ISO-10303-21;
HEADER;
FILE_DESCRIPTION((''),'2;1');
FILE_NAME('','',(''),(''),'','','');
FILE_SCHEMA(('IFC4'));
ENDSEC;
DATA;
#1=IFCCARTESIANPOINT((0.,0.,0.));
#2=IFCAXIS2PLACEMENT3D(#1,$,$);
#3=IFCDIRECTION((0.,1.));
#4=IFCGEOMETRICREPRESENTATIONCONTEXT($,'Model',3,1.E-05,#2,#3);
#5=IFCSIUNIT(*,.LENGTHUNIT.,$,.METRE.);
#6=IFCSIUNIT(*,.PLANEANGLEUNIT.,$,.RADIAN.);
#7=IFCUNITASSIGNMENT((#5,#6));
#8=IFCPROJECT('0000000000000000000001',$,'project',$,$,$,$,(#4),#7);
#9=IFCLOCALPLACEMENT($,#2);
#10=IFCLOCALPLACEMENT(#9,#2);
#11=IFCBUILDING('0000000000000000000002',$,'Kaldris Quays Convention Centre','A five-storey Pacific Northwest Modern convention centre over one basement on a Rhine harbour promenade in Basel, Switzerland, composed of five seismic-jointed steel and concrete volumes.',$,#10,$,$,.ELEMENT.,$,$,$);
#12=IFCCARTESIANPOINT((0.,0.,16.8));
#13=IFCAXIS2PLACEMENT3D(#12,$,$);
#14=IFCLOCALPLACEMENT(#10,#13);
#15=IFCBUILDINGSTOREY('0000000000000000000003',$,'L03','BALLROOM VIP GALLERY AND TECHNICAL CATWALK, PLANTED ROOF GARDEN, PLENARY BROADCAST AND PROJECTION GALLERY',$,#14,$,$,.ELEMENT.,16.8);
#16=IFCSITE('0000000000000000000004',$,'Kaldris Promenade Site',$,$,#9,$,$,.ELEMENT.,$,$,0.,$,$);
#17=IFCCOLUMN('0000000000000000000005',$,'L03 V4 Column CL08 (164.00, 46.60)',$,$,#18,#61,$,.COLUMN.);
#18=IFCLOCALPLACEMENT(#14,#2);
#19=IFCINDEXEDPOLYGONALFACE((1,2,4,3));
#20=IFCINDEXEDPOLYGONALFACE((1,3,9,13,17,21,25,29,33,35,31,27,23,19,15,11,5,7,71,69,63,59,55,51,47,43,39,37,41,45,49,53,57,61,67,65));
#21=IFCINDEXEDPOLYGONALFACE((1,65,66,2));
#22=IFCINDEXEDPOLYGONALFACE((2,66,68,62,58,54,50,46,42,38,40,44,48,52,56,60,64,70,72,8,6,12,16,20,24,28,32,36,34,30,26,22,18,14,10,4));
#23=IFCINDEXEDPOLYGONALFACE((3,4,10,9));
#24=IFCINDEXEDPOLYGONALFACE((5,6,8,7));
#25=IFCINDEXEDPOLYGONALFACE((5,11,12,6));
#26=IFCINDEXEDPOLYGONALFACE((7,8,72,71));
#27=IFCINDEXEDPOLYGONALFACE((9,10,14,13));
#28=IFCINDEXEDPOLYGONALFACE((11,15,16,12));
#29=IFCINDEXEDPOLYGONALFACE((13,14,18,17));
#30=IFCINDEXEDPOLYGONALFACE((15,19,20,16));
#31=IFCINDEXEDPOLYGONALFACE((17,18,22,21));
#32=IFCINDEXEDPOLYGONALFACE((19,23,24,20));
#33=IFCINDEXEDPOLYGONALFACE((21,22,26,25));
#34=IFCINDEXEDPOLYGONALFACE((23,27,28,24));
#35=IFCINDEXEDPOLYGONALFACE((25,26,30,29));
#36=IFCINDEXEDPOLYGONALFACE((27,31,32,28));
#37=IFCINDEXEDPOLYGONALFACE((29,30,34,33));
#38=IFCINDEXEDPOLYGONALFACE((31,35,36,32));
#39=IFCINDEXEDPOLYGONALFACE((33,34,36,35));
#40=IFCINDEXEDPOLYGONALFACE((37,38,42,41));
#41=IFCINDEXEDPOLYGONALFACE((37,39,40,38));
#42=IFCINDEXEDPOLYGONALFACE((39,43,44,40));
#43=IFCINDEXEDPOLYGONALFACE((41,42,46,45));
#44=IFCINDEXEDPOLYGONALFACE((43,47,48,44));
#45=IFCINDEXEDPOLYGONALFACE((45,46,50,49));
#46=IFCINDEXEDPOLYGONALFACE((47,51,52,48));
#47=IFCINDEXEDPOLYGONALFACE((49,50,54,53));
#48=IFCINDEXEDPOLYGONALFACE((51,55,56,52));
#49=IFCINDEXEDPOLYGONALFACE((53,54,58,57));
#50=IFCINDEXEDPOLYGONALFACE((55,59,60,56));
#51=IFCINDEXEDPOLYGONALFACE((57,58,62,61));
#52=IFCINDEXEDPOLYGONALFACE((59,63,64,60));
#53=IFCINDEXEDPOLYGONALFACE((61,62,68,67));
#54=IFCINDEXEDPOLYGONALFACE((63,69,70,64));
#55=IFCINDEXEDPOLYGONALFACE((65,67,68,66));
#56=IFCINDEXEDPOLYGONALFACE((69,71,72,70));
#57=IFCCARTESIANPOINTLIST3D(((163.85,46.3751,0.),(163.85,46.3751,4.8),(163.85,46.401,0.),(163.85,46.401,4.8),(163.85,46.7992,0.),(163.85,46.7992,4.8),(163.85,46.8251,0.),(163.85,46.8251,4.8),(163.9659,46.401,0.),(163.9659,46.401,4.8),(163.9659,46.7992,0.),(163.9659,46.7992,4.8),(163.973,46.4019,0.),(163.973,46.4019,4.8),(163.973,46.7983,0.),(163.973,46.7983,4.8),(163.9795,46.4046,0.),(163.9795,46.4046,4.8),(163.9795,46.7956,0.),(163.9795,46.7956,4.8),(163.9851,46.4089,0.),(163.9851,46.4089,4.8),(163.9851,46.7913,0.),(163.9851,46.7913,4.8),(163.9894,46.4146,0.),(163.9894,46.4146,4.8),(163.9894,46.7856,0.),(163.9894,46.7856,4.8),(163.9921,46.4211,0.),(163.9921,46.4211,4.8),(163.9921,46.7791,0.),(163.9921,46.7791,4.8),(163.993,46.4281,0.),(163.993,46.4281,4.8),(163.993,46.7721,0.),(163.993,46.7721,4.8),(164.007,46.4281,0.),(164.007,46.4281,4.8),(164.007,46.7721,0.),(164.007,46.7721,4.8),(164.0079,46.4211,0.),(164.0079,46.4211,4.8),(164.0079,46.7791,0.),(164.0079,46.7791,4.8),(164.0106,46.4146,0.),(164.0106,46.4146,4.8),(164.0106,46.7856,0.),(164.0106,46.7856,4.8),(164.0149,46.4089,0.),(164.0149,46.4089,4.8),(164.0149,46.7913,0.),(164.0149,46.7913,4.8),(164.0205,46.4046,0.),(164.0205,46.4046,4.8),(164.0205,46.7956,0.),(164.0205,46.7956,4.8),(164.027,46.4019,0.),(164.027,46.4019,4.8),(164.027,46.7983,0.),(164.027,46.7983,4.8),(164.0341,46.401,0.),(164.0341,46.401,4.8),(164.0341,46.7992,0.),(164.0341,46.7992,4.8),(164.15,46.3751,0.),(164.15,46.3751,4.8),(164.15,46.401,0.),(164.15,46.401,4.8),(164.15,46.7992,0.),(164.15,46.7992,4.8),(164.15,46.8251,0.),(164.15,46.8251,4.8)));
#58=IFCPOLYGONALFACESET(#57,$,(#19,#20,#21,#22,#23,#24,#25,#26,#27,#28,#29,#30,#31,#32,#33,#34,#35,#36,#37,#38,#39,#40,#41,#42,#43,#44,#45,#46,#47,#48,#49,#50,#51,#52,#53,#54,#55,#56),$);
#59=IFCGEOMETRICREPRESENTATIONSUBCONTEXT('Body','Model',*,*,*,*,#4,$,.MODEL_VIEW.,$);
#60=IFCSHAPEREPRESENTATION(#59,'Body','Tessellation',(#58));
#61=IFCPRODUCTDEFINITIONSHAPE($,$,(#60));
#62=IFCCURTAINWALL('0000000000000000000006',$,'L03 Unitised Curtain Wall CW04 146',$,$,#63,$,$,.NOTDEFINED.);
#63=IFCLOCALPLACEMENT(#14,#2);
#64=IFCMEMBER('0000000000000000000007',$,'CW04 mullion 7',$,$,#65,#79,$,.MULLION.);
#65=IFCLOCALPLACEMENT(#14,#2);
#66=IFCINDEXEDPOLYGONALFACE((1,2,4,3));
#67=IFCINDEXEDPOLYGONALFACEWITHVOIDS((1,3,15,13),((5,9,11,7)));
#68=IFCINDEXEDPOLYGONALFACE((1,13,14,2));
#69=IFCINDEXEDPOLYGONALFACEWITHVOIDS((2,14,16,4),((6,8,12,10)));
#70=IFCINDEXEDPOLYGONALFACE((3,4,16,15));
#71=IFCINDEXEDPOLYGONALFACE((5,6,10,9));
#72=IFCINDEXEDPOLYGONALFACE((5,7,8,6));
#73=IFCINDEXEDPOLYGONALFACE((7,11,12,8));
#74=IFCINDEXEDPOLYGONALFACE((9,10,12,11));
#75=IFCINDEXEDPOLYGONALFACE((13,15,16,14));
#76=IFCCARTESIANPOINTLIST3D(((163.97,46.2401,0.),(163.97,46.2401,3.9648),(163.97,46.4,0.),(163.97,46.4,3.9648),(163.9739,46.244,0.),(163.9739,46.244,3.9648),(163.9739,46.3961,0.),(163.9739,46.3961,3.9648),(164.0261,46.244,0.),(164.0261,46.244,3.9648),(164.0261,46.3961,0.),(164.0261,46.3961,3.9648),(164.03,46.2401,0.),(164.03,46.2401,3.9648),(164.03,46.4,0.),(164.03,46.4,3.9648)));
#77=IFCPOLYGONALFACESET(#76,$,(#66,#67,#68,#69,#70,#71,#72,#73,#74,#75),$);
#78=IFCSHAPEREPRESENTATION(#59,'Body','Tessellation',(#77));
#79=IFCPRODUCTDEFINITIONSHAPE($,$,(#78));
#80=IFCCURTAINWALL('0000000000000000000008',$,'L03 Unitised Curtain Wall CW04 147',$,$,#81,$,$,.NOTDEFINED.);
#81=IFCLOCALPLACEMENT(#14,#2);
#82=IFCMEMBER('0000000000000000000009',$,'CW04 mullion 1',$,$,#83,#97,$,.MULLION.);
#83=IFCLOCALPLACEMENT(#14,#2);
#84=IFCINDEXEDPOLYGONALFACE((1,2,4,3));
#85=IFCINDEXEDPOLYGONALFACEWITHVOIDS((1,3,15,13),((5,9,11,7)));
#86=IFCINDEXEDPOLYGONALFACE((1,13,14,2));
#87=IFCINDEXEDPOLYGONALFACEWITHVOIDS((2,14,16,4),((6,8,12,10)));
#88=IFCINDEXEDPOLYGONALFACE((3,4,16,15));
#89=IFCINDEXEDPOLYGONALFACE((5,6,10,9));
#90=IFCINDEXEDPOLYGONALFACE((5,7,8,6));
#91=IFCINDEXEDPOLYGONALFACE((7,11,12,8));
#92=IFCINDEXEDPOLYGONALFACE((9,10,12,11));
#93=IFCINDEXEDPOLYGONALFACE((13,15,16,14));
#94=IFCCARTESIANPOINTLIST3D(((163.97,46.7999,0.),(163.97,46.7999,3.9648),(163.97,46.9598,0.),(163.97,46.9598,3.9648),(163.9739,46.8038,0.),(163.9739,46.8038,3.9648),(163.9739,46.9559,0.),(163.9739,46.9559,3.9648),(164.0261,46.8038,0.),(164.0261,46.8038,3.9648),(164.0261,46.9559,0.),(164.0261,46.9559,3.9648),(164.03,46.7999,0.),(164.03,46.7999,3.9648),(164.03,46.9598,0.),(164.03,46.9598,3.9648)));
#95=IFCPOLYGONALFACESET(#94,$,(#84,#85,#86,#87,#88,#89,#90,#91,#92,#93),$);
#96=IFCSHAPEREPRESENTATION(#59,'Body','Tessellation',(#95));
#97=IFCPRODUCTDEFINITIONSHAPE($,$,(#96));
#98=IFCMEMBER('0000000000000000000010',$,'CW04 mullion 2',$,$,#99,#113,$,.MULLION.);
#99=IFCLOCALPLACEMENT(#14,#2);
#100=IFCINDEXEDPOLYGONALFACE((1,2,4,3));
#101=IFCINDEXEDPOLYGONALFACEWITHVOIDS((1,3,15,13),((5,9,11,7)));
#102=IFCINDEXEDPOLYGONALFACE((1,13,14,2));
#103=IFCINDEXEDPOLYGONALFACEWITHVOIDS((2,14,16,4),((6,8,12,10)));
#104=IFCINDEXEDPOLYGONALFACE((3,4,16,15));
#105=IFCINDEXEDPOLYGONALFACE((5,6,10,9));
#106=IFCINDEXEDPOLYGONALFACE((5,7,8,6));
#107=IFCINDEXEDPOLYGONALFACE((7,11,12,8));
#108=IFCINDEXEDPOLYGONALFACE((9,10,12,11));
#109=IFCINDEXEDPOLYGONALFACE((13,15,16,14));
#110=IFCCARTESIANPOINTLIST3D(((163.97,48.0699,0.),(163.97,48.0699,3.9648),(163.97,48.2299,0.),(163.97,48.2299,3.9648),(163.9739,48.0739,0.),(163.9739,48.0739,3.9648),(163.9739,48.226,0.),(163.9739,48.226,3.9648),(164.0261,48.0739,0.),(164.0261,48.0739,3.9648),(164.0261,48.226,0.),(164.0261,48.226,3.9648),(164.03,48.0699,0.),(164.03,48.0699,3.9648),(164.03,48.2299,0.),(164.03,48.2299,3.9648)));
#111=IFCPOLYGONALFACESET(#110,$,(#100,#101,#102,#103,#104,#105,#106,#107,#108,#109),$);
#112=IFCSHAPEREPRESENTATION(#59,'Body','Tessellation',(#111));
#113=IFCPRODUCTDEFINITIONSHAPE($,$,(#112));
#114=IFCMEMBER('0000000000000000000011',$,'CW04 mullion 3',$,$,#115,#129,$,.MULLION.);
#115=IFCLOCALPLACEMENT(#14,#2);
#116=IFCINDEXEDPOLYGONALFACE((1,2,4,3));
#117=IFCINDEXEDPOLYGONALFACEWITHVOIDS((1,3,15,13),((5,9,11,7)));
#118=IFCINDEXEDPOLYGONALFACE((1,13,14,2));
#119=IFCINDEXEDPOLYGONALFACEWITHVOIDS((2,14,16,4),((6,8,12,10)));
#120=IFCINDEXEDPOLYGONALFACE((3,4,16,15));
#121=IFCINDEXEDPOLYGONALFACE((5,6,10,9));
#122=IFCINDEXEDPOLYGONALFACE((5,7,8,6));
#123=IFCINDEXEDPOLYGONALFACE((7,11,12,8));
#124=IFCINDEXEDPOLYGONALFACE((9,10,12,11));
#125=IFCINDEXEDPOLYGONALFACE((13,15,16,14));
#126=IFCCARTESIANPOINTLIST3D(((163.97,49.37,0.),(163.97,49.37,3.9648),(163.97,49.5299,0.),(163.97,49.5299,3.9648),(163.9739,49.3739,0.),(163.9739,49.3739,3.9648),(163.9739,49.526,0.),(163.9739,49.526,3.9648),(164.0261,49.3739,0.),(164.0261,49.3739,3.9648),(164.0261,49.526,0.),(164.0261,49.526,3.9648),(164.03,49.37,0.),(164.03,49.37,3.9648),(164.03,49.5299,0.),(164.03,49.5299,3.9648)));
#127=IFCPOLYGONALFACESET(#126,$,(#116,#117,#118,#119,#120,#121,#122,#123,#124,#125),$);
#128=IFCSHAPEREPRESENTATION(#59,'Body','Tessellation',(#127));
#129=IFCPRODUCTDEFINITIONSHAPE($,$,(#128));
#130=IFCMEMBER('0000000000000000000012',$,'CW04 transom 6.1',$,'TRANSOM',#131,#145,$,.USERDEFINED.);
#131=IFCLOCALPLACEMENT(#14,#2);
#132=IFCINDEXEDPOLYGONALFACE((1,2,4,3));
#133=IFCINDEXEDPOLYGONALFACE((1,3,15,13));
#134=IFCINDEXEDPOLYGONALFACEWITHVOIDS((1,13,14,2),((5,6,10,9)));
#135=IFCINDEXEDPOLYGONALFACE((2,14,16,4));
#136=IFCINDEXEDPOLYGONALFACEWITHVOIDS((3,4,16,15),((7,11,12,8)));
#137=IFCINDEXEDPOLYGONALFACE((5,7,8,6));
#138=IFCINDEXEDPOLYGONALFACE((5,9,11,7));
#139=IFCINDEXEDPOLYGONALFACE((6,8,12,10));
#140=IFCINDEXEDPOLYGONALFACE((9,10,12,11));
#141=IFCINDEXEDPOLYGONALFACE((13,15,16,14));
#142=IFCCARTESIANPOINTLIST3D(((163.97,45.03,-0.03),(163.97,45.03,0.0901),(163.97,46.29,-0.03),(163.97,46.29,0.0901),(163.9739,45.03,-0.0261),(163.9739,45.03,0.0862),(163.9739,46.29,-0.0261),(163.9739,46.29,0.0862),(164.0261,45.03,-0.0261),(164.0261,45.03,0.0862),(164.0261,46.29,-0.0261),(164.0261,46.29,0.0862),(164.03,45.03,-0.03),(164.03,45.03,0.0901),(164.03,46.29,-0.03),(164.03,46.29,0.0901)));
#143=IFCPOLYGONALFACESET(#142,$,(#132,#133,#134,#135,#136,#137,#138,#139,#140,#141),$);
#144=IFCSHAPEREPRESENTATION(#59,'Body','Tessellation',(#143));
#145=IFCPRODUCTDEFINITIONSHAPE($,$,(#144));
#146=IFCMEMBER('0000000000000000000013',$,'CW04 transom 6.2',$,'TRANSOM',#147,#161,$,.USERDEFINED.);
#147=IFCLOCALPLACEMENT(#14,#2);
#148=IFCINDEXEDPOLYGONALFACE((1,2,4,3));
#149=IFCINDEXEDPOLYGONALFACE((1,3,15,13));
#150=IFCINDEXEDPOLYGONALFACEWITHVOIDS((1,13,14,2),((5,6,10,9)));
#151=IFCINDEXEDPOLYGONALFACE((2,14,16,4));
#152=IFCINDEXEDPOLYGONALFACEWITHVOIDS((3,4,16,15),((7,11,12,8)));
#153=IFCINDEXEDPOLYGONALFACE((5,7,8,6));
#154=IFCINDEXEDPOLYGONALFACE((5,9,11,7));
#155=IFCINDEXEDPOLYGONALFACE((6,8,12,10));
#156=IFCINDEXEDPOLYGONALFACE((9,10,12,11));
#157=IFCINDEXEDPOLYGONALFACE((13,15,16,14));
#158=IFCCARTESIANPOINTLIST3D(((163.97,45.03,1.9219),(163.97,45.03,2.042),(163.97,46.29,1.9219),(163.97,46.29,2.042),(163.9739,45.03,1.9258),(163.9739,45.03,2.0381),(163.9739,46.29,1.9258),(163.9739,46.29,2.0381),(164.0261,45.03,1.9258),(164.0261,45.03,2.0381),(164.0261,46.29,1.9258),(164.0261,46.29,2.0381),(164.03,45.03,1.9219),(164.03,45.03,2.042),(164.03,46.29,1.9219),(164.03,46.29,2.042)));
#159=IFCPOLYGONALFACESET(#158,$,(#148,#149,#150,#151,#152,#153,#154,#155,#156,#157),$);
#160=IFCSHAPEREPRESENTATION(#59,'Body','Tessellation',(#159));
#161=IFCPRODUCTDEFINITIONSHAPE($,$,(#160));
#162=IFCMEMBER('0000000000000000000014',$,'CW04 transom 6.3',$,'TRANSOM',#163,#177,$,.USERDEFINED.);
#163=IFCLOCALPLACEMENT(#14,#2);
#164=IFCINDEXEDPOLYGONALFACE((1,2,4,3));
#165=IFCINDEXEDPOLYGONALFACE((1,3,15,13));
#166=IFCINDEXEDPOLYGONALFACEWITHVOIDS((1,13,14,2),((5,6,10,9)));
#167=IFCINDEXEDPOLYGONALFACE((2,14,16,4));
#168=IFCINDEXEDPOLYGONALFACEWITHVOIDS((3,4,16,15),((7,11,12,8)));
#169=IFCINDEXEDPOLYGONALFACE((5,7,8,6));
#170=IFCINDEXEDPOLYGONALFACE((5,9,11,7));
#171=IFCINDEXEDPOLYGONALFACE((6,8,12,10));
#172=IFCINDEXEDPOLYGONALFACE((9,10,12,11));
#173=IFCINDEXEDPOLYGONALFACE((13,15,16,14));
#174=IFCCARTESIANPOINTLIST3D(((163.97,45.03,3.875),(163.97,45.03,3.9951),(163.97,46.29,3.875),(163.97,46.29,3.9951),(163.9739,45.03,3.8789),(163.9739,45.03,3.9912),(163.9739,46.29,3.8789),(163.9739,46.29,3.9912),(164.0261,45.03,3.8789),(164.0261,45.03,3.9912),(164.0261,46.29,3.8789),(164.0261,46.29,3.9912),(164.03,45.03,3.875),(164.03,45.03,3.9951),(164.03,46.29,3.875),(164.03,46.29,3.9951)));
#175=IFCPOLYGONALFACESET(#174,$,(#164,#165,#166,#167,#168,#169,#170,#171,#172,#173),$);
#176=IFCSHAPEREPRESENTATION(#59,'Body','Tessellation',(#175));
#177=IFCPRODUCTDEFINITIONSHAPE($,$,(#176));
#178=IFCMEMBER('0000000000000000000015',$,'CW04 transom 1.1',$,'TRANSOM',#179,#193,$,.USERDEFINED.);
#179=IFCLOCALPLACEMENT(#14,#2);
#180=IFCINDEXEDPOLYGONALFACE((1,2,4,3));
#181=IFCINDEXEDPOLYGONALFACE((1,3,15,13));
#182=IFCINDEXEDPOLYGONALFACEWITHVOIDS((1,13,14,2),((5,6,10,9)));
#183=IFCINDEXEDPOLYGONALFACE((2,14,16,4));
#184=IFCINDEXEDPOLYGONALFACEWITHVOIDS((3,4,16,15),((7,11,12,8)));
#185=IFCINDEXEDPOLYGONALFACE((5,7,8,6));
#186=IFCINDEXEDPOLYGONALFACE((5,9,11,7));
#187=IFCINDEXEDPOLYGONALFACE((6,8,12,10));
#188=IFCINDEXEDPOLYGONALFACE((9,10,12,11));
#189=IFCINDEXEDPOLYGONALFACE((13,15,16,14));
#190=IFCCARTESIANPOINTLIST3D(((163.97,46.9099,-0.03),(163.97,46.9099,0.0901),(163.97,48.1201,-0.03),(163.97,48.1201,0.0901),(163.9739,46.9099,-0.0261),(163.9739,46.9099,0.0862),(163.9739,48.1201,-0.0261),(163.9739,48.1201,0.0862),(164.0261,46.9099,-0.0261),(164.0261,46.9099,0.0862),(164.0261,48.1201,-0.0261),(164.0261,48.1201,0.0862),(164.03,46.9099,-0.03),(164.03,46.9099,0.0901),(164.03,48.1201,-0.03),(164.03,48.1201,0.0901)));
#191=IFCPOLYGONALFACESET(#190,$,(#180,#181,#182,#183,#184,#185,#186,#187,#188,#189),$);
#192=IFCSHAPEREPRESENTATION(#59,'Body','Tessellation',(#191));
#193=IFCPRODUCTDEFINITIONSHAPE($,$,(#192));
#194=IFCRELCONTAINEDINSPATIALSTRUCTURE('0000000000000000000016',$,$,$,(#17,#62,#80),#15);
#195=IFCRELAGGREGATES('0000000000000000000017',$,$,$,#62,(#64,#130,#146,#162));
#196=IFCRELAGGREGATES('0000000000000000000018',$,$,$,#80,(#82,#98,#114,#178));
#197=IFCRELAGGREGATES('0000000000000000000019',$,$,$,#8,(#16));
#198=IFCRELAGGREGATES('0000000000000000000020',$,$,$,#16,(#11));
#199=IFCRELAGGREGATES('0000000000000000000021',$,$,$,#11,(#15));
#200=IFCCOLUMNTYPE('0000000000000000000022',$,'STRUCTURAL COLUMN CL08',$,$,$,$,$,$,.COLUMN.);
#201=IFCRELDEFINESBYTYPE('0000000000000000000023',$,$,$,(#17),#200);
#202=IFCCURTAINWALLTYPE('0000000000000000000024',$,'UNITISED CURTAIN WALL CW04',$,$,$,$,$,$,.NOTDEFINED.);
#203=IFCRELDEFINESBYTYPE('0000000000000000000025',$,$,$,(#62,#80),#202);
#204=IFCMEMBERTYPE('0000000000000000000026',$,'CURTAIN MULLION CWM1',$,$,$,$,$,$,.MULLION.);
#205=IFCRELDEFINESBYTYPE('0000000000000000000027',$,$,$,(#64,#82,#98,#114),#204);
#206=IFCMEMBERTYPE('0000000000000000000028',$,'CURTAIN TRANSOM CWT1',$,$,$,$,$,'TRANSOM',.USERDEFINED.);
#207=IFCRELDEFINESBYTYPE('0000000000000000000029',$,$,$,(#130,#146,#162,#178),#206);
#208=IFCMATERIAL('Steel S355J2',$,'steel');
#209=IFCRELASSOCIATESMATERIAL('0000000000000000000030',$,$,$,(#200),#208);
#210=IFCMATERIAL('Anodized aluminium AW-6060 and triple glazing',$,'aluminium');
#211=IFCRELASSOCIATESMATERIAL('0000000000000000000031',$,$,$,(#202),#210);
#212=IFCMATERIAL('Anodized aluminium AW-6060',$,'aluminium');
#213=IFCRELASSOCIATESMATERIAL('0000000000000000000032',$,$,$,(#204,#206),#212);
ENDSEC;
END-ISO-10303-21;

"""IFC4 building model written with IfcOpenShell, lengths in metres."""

from ifc_helpers import new_model, si_unit, direction, frame, origin, origin_2d, place, context, subcontext, project, spatial, hollow_rectangle, i_section, extrude, material, material_profile, profile_set, type_object, element, aggregate, save


model = new_model("IFC4")

# Units and contexts
model_context = context("Model", 3, precision=1e-05, world=origin(), true_north=direction((0.0, 1.0)))
body_context = subcontext(model_context, "Body", "Model", "MODEL_VIEW")
ifc_project = project(units=[si_unit("LENGTHUNIT", "METRE"), si_unit("PLANEANGLEUNIT", "RADIAN")], contexts=[model_context])

# Site, building, storey
site_placement = place(None, origin())
site = spatial("IfcSite", under=ifc_project, at=site_placement, Name="Kaldris Promenade Site", CompositionType="ELEMENT", RefElevation=0.0)
building_placement = place(site_placement, origin())
building = spatial("IfcBuilding", under=site, at=building_placement, Name="Kaldris Quays Convention Centre", Description="A five-storey Pacific Northwest Modern convention centre over one basement on a Rhine harbour promenade in Basel, Switzerland, composed of five seismic-jointed steel and concrete volumes.", CompositionType="ELEMENT")
storey_placement = place(building_placement, frame((0.0, 0.0, 16.8)))
storey = spatial("IfcBuildingStorey", under=building, at=storey_placement, Name="L03", Description="BALLROOM VIP GALLERY AND TECHNICAL CATWALK, PLANTED ROOF GARDEN, PLENARY BROADCAST AND PROJECTION GALLERY", CompositionType="ELEMENT", Elevation=16.8)

# Column
ifc_material_1 = material(Name="Steel S355J2", Category="steel")
ifc_material_profile_1 = material_profile(ifc_material_1, i_section(OverallWidth=0.3, OverallDepth=0.45, WebThickness=0.0139, FlangeThickness=0.0259, FilletRadius=0.0271, at=origin_2d()), Name="HEB 450")
ifc_profile_set_1 = profile_set([ifc_material_profile_1], Name="Steel S355J2")
column_type = type_object("IfcColumnType", Name="STRUCTURAL COLUMN CL08", PredefinedType="COLUMN", material=ifc_profile_set_1)
column_placement = place(storey_placement, frame((164.0, 46.6001, 0.0), z_axis=(0.0, 0.0, 1.0), x_axis=(1.0, 0.0, 0.0)))
element("IfcColumn", 1, at=column_placement, inside=storey, type_object=column_type, Name="L03 V4 Column CL08 (164.00, 46.60)", PredefinedType="COLUMN", context=body_context, shape_type="SweptSolid", body=[
    extrude(i_section(OverallWidth=0.3, OverallDepth=0.45, WebThickness=0.0139, FlangeThickness=0.0259, FilletRadius=0.0271, at=origin_2d()), origin(), (0.0, 0.0, 1.0), 4.8),
])

# Curtain wall, member
ifc_material_2 = material(Name="Anodized aluminium AW-6060 and triple glazing", Category="aluminium")
curtain_wall_type = type_object("IfcCurtainWallType", Name="UNITISED CURTAIN WALL CW04", PredefinedType="NOTDEFINED", material=ifc_material_2)
curtain_wall_1_placement = place(storey_placement, origin())
curtain_wall_1 = element("IfcCurtainWall", 2, at=curtain_wall_1_placement, inside=storey, type_object=curtain_wall_type, Name="L03 Unitised Curtain Wall CW04 146", PredefinedType="NOTDEFINED")
ifc_material_3 = material(Name="Anodized aluminium AW-6060", Category="aluminium")
ifc_material_profile_2 = material_profile(ifc_material_3, hollow_rectangle(XDim=0.0601, YDim=0.1599, WallThickness=0.0039, at=origin_2d()), Name="RHS 160x60x4")
ifc_profile_set_2 = profile_set([ifc_material_profile_2], Name="Anodized aluminium AW-6060")
member_type_1 = type_object("IfcMemberType", Name="CURTAIN MULLION CWM1", PredefinedType="MULLION", material=ifc_profile_set_2)
member_1_placement = place(storey_placement, frame((164.0, 46.3201, 0.0), z_axis=(0.0, 0.0, 1.0), x_axis=(-1.0, 0.0, 0.0)))
member_1 = element("IfcMember", 3, at=member_1_placement, type_object=member_type_1, Name="CW04 mullion 7", PredefinedType="MULLION", context=body_context, shape_type="SweptSolid", body=[
    extrude(hollow_rectangle(XDim=0.0601, YDim=0.1599, WallThickness=0.0039, at=origin_2d()), origin(), (0.0, 0.0, 1.0), 3.9648),
])

# Curtain wall, members
curtain_wall_2_placement = place(storey_placement, origin())
curtain_wall_2 = element("IfcCurtainWall", 4, at=curtain_wall_2_placement, inside=storey, type_object=curtain_wall_type, Name="L03 Unitised Curtain Wall CW04 147", PredefinedType="NOTDEFINED")
member_2_placement = place(storey_placement, frame((164.0, 46.8799, 0.0), z_axis=(0.0, 0.0, 1.0), x_axis=(-1.0, 0.0, 0.0)))
member_2 = element("IfcMember", 5, at=member_2_placement, type_object=member_type_1, Name="CW04 mullion 1", PredefinedType="MULLION", context=body_context, shape_type="SweptSolid", body=[
    extrude(hollow_rectangle(XDim=0.0601, YDim=0.1599, WallThickness=0.0039, at=origin_2d()), origin(), (0.0, 0.0, 1.0), 3.9648),
])
member_3_placement = place(storey_placement, frame((164.0, 48.1499, 0.0), z_axis=(0.0, 0.0, 1.0), x_axis=(-1.0, 0.0, 0.0)))
member_3 = element("IfcMember", 6, at=member_3_placement, type_object=member_type_1, Name="CW04 mullion 2", PredefinedType="MULLION", context=body_context, shape_type="SweptSolid", body=[
    extrude(hollow_rectangle(XDim=0.0601, YDim=0.1599, WallThickness=0.0039, at=origin_2d()), origin(), (0.0, 0.0, 1.0), 3.9648),
])
member_4_placement = place(storey_placement, frame((164.0, 49.45, 0.0), z_axis=(0.0, 0.0, 1.0), x_axis=(-1.0, 0.0, 0.0)))
member_4 = element("IfcMember", 7, at=member_4_placement, type_object=member_type_1, Name="CW04 mullion 3", PredefinedType="MULLION", context=body_context, shape_type="SweptSolid", body=[
    extrude(hollow_rectangle(XDim=0.0601, YDim=0.1599, WallThickness=0.0039, at=origin_2d()), origin(), (0.0, 0.0, 1.0), 3.9648),
])

# Members
ifc_material_profile_3 = material_profile(ifc_material_3, hollow_rectangle(XDim=0.0601, YDim=0.1201, WallThickness=0.0039, at=origin_2d()), Name="RHS 120x60x4")
ifc_profile_set_3 = profile_set([ifc_material_profile_3], Name="Anodized aluminium AW-6060")
member_type_2 = type_object("IfcMemberType", Name="CURTAIN TRANSOM CWT1", ElementType="TRANSOM", PredefinedType="USERDEFINED", material=ifc_profile_set_3)
member_5_placement = place(storey_placement, frame((164.0, 45.03, 0.03), z_axis=(0.0, 1.0, 0.0), x_axis=(-1.0, 0.0, 0.0)))
member_5 = element("IfcMember", 8, at=member_5_placement, type_object=member_type_2, Name="CW04 transom 6.1", ObjectType="TRANSOM", PredefinedType="USERDEFINED", context=body_context, shape_type="SweptSolid", body=[
    extrude(hollow_rectangle(XDim=0.0601, YDim=0.1201, WallThickness=0.0039, at=origin_2d()), origin(), (0.0, 0.0, 1.0), 1.26),
])
member_6_placement = place(storey_placement, frame((164.0, 45.03, 1.9819), z_axis=(0.0, 1.0, 0.0), x_axis=(-1.0, 0.0, 0.0)))
member_6 = element("IfcMember", 9, at=member_6_placement, type_object=member_type_2, Name="CW04 transom 6.2", ObjectType="TRANSOM", PredefinedType="USERDEFINED", context=body_context, shape_type="SweptSolid", body=[
    extrude(hollow_rectangle(XDim=0.0601, YDim=0.1201, WallThickness=0.0039, at=origin_2d()), origin(), (0.0, 0.0, 1.0), 1.26),
])
member_7_placement = place(storey_placement, frame((164.0, 45.03, 3.9351), z_axis=(0.0, 1.0, 0.0), x_axis=(-1.0, 0.0, 0.0)))
member_7 = element("IfcMember", 10, at=member_7_placement, type_object=member_type_2, Name="CW04 transom 6.3", ObjectType="TRANSOM", PredefinedType="USERDEFINED", context=body_context, shape_type="SweptSolid", body=[
    extrude(hollow_rectangle(XDim=0.0601, YDim=0.1201, WallThickness=0.0039, at=origin_2d()), origin(), (0.0, 0.0, 1.0), 1.26),
])
member_8_placement = place(storey_placement, frame((164.0, 46.9099, 0.03), z_axis=(0.0, 1.0, 0.0), x_axis=(-1.0, 0.0, 0.0)))
member_8 = element("IfcMember", 11, at=member_8_placement, type_object=member_type_2, Name="CW04 transom 1.1", ObjectType="TRANSOM", PredefinedType="USERDEFINED", context=body_context, shape_type="SweptSolid", body=[
    extrude(hollow_rectangle(XDim=0.0601, YDim=0.1201, WallThickness=0.0039, at=origin_2d()), origin(), (0.0, 0.0, 1.0), 1.2102),
])

aggregate(curtain_wall_1, [member_1, member_5, member_6, member_7])
aggregate(curtain_wall_2, [member_2, member_3, member_4, member_8])

save(model, "model.ifc")
